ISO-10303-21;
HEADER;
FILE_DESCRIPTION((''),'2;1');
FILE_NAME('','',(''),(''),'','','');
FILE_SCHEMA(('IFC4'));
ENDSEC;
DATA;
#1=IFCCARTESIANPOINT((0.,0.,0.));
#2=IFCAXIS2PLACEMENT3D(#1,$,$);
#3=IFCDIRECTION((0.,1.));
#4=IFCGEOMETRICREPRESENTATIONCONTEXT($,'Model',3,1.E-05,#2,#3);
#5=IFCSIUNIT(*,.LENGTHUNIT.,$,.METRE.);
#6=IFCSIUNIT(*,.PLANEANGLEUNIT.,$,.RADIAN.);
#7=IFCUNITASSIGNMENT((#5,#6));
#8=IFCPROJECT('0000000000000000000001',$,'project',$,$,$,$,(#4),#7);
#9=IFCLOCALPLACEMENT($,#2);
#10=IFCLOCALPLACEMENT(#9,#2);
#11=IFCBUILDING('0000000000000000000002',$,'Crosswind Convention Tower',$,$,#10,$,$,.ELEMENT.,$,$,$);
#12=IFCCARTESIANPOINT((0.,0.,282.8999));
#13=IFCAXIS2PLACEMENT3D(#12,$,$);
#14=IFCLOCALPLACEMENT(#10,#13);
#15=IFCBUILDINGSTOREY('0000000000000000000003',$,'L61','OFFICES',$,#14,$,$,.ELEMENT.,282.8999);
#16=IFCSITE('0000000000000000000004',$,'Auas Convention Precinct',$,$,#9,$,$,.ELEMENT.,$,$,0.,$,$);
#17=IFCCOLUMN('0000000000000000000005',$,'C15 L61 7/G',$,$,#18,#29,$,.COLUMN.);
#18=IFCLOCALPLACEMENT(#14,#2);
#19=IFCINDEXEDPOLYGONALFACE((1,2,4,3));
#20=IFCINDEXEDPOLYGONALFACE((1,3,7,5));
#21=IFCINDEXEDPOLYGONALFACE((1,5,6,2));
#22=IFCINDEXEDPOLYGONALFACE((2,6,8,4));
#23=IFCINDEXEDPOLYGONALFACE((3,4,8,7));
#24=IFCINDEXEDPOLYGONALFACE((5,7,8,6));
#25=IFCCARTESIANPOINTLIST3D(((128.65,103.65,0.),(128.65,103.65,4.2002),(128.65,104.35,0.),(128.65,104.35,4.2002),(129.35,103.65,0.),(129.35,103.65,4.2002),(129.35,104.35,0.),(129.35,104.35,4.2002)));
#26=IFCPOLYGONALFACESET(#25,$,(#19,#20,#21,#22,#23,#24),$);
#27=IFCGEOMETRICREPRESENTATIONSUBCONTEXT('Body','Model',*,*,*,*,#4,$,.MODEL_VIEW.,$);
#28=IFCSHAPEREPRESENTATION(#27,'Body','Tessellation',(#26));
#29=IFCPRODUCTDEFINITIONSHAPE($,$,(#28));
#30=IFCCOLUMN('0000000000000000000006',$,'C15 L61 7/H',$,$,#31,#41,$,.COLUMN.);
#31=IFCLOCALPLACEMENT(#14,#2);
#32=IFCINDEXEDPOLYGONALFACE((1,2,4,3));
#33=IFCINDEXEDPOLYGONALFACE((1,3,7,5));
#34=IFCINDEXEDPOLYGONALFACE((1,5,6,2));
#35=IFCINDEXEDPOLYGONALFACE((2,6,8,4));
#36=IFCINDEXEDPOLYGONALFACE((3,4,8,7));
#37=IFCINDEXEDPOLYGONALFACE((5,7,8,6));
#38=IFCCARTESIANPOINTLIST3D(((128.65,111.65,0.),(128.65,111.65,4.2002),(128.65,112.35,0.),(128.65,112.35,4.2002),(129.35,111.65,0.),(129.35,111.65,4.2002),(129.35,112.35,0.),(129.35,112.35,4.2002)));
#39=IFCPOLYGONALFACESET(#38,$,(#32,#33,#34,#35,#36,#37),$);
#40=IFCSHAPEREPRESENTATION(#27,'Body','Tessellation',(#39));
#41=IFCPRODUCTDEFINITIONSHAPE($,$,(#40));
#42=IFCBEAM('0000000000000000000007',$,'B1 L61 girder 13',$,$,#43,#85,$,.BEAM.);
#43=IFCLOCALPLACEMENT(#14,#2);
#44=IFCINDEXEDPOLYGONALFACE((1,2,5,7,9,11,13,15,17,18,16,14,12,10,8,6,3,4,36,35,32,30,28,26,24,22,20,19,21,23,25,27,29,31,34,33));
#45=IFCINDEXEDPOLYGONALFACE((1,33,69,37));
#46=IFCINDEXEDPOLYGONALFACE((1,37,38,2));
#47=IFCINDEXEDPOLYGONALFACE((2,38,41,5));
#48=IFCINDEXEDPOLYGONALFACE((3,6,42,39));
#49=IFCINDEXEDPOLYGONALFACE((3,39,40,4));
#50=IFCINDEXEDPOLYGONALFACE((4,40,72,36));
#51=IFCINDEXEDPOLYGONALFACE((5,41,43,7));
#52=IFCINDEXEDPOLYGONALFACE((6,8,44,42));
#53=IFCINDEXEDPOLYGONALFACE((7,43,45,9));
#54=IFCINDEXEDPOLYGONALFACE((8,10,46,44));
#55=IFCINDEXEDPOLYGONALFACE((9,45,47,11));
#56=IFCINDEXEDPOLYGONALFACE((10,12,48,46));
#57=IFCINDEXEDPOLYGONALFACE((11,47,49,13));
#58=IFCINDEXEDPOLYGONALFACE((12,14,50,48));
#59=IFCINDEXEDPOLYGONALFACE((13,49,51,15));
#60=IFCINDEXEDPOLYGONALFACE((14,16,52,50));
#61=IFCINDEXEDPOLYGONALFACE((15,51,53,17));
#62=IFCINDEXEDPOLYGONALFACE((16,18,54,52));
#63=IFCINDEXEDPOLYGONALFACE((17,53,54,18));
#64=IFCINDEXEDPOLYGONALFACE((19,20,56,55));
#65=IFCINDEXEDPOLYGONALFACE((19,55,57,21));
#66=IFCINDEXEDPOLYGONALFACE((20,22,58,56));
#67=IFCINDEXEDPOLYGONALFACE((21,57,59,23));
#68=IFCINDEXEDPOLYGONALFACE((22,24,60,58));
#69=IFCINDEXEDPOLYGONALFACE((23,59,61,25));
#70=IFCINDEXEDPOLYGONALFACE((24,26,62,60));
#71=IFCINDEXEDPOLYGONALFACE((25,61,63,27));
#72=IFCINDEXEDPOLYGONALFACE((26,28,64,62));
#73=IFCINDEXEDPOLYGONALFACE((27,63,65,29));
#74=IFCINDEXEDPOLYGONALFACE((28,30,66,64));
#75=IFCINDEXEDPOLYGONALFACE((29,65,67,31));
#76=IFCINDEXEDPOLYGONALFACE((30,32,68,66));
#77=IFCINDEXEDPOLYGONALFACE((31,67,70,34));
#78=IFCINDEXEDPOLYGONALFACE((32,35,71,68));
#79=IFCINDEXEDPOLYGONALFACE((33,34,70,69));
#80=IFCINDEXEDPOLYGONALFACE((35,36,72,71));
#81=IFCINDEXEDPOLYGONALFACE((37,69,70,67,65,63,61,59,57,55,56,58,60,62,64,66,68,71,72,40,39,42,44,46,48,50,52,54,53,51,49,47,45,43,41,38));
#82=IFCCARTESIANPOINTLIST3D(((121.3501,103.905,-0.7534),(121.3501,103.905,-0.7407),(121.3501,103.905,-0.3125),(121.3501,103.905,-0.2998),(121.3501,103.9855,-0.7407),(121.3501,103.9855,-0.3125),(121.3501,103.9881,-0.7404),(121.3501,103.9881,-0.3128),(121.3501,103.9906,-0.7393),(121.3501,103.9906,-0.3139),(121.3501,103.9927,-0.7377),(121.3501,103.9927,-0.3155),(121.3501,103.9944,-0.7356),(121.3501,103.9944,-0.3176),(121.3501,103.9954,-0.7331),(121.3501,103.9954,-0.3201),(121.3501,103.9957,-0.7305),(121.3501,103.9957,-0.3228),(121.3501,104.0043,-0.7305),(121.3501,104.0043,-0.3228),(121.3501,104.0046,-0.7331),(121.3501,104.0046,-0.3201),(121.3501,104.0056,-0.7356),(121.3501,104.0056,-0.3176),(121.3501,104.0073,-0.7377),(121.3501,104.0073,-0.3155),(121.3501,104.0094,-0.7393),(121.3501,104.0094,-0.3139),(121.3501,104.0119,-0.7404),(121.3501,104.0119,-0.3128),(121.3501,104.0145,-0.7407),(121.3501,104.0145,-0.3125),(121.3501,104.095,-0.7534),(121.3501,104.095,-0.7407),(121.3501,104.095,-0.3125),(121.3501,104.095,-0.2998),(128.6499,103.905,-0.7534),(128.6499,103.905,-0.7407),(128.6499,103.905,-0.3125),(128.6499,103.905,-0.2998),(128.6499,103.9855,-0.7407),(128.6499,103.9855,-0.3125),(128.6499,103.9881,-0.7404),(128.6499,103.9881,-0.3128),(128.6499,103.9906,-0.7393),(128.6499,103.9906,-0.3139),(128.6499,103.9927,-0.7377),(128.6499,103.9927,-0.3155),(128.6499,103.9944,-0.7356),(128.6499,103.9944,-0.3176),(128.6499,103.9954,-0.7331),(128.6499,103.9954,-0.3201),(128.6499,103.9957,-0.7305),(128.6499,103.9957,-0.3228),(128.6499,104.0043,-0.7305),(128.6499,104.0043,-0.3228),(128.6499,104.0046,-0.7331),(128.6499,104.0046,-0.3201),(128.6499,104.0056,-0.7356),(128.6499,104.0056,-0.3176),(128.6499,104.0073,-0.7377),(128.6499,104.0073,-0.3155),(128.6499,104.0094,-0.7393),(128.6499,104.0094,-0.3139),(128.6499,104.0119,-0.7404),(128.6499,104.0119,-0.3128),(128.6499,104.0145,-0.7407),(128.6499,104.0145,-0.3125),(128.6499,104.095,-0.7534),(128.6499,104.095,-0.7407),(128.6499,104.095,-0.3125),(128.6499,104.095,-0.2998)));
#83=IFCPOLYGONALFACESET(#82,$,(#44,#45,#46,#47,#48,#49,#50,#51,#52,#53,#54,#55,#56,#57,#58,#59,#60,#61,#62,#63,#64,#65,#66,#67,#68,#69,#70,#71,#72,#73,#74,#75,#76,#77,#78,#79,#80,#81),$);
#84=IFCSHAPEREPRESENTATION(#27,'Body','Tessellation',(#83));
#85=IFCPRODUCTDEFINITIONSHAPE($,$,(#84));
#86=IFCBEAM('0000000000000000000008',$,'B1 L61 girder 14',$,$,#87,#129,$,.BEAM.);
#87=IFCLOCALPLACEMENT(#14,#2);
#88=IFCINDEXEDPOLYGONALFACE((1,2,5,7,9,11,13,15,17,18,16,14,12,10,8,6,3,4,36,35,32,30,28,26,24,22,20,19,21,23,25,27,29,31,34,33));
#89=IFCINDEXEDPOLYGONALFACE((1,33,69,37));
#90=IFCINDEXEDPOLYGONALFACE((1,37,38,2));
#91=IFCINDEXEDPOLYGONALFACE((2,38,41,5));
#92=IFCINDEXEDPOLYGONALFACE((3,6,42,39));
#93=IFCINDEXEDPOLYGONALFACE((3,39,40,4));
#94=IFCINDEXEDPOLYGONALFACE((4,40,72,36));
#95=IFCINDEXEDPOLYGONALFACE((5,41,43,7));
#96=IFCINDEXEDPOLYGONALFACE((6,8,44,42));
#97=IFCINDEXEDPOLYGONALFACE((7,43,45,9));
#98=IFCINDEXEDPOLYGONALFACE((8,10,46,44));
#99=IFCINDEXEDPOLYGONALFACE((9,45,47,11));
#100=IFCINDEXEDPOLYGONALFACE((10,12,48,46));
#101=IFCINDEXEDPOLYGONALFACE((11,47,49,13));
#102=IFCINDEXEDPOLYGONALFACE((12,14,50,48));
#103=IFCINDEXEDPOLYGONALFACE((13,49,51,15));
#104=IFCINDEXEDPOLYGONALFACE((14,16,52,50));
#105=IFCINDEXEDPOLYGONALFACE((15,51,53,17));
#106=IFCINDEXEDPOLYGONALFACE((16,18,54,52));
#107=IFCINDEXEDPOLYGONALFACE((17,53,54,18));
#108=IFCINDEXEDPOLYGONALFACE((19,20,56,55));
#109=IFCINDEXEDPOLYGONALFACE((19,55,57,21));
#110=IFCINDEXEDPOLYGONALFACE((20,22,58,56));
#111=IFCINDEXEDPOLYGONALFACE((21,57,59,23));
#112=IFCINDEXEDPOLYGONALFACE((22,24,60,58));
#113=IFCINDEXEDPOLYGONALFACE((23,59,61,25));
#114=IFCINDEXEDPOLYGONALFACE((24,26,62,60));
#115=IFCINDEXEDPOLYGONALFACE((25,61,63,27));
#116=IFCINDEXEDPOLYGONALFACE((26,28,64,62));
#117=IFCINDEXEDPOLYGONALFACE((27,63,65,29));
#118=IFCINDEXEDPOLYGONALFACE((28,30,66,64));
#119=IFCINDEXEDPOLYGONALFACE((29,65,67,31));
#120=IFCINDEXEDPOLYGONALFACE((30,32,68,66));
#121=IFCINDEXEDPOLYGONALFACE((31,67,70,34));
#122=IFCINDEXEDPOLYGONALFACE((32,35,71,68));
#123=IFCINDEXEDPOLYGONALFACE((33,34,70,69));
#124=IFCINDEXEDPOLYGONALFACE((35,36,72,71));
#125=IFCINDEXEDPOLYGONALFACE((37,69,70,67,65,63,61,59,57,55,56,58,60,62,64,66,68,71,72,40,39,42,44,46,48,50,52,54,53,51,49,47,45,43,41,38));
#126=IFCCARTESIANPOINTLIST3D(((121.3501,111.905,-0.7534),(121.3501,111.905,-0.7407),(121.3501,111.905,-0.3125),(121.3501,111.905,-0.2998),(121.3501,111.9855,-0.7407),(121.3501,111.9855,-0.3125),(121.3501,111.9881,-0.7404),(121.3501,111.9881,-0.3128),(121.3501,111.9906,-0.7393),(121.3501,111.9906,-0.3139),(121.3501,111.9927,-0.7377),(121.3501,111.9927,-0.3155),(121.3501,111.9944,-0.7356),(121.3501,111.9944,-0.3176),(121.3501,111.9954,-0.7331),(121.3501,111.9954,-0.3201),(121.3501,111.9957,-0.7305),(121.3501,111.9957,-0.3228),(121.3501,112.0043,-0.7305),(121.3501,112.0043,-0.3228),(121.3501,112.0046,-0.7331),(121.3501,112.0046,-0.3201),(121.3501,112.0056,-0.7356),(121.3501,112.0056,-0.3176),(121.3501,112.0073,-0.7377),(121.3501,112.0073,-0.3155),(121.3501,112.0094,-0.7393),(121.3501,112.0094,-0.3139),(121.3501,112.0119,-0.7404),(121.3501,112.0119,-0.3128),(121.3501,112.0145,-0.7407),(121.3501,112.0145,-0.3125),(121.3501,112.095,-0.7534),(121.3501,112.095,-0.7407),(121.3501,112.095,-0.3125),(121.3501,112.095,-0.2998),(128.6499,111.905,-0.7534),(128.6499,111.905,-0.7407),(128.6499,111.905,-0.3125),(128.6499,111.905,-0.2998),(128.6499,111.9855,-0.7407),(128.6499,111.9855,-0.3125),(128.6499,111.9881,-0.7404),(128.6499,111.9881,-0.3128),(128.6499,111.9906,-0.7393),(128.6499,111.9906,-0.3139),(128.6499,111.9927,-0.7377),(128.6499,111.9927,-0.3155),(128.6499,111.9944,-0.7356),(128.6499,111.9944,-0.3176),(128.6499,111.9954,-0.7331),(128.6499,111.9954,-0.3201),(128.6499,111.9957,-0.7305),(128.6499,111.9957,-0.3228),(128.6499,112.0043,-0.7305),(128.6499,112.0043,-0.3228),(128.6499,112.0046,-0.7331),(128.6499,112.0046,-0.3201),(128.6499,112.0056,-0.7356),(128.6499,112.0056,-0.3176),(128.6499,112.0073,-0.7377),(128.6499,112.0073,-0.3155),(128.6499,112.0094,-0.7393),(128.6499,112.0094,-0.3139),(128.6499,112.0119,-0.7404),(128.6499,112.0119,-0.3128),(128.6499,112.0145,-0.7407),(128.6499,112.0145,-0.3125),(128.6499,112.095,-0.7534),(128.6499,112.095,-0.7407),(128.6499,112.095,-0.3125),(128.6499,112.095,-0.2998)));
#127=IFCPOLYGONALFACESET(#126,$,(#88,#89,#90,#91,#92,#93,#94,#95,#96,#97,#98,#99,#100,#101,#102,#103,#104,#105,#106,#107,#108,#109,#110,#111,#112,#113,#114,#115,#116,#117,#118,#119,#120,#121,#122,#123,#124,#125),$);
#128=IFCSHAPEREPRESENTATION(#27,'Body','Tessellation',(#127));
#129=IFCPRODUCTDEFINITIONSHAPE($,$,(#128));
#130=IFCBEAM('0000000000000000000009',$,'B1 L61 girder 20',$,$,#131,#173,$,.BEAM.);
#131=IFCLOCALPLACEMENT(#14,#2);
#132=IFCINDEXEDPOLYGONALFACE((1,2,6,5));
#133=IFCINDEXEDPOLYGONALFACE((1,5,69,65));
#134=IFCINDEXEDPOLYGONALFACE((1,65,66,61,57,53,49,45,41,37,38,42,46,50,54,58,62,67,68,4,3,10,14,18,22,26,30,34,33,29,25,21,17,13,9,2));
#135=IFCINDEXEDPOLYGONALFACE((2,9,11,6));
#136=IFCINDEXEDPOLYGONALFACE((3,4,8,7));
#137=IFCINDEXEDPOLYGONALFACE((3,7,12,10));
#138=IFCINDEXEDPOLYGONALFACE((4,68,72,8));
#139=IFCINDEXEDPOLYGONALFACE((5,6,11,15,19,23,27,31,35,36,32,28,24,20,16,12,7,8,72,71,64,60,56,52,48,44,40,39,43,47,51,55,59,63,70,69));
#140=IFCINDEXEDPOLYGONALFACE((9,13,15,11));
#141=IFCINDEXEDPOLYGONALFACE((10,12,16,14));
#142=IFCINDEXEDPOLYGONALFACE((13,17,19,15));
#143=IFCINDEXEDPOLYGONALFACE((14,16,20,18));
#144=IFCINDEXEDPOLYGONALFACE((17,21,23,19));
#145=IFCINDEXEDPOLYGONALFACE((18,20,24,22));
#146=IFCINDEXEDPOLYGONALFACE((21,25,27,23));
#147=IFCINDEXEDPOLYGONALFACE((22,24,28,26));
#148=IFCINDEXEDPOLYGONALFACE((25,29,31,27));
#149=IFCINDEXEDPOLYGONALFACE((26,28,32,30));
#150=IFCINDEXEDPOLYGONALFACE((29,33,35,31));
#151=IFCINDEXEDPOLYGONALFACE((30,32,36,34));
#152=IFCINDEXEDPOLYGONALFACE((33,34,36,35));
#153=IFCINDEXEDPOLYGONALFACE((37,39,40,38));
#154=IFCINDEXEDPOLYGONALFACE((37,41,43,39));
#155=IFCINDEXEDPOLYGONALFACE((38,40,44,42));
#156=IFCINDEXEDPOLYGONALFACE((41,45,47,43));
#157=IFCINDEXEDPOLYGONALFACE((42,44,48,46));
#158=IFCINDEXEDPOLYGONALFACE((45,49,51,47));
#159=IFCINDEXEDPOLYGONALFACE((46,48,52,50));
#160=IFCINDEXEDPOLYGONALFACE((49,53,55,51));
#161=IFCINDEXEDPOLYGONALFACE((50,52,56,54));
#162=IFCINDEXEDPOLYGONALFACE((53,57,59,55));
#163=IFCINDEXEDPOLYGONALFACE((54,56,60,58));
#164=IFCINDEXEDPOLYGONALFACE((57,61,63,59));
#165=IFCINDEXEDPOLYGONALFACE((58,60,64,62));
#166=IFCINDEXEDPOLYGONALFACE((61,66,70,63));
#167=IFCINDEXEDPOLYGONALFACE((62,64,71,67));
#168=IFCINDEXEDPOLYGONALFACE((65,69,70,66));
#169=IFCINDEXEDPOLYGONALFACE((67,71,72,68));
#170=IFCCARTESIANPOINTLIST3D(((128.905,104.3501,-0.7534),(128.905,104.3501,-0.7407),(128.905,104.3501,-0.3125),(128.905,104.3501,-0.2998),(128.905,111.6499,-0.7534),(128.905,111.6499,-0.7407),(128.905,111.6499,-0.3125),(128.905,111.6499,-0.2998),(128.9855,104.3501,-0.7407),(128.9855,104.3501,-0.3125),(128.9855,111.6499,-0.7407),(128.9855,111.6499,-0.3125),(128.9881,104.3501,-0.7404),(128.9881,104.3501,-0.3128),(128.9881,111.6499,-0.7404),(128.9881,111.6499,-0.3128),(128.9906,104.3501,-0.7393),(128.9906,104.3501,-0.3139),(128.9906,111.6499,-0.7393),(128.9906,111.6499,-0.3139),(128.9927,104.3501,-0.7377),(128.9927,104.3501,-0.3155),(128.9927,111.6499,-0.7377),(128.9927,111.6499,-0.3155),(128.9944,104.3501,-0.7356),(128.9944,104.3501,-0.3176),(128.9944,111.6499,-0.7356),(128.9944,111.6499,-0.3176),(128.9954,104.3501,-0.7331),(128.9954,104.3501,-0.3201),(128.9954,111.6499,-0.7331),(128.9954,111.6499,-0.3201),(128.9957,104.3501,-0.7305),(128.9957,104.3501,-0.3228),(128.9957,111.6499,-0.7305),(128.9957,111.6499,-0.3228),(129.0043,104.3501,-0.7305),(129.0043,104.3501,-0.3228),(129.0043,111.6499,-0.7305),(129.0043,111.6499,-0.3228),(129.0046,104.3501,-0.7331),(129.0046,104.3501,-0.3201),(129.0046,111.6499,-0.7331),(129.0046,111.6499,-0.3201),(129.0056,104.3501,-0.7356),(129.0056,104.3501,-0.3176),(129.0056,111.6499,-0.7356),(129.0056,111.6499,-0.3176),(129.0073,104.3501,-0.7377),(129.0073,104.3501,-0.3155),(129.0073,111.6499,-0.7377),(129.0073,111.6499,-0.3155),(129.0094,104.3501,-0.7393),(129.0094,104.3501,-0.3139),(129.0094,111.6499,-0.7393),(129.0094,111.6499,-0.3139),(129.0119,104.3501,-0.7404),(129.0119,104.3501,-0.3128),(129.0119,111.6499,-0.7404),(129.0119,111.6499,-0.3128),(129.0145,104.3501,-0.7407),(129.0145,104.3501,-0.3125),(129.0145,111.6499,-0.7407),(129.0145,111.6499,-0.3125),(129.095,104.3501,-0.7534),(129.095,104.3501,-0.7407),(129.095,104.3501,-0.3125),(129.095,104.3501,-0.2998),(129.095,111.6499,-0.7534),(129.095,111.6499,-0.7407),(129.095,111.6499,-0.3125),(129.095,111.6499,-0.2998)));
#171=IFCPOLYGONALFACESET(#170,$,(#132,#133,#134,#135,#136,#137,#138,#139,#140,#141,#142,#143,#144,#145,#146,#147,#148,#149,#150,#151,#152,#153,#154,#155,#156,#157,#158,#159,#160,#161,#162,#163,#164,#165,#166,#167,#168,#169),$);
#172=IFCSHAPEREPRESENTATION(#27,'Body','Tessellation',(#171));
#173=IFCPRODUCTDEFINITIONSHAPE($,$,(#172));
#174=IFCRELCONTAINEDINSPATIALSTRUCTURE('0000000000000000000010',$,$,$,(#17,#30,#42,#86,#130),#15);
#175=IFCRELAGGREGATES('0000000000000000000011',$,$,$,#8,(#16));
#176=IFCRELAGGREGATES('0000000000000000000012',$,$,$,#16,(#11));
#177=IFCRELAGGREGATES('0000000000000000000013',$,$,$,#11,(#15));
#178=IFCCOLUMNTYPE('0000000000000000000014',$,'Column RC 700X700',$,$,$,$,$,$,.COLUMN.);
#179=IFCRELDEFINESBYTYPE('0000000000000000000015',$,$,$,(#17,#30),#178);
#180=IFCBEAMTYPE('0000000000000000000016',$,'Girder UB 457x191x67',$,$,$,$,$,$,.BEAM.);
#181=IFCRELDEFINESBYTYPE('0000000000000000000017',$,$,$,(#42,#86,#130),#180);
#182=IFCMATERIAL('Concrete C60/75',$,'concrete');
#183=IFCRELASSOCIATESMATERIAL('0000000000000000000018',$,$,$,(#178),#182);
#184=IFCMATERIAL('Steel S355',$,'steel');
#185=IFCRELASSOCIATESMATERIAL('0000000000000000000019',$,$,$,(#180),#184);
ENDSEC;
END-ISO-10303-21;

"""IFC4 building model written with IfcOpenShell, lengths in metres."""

from ifc_helpers import new_model, si_unit, direction, frame, origin, origin_2d, place, context, subcontext, project, spatial, rectangle, i_section, extrude, material, material_profile, profile_set, type_object, element, save


model = new_model("IFC4")

# Units and contexts
model_context = context("Model", 3, precision=1e-05, world=origin(), true_north=direction((0.0, 1.0)))
body_context = subcontext(model_context, "Body", "Model", "MODEL_VIEW")
ifc_project = project(units=[si_unit("LENGTHUNIT", "METRE"), si_unit("PLANEANGLEUNIT", "RADIAN")], contexts=[model_context])

# Site, building, storey
site_placement = place(None, origin())
site = spatial("IfcSite", under=ifc_project, at=site_placement, Name="Auas Convention Precinct", CompositionType="ELEMENT", RefElevation=0.0)
building_placement = place(site_placement, origin())
building = spatial("IfcBuilding", under=site, at=building_placement, Name="Crosswind Convention Tower", CompositionType="ELEMENT")
storey_placement = place(building_placement, frame((0.0, 0.0, 282.8999)))
storey = spatial("IfcBuildingStorey", under=building, at=storey_placement, Name="L61", Description="OFFICES", CompositionType="ELEMENT", Elevation=282.8999)

# Columns
ifc_material_1 = material(Name="Concrete C60/75", Category="concrete")
ifc_material_profile_1 = material_profile(ifc_material_1, rectangle(XDim=0.7, YDim=0.7, at=origin_2d()), Name="RC 700X700")
ifc_profile_set_1 = profile_set([ifc_material_profile_1], Name="Concrete C60/75")
column_type = type_object("IfcColumnType", Name="Column RC 700X700", PredefinedType="COLUMN", material=ifc_profile_set_1)
for number, where, z_axis, x_axis, name in (
    (1, (129.0, 104.0, 0.0), (0.0, 0.0, 1.0), (1.0, 0.0, 0.0), "C15 L61 7/G"),
    (2, (129.0, 112.0, 0.0), (0.0, 0.0, 1.0), (1.0, 0.0, 0.0), "C15 L61 7/H"),
):
    element("IfcColumn", number, at=place(storey_placement, frame(where, z_axis=z_axis, x_axis=x_axis)), inside=storey, type_object=column_type, Name=name, PredefinedType="COLUMN", context=body_context, shape_type="SweptSolid", body=[
        extrude(rectangle(XDim=0.7, YDim=0.7, at=origin_2d()), origin(), (0.0, 0.0, 1.0), 4.2002),
    ])

# Beams
ifc_material_2 = material(Name="Steel S355", Category="steel")
ifc_material_profile_2 = material_profile(ifc_material_2, i_section(OverallWidth=0.1899, OverallDepth=0.4536, WebThickness=0.0085, FlangeThickness=0.0127, FilletRadius=0.0103, at=origin_2d()), Name="UB 457x191x67")
ifc_profile_set_2 = profile_set([ifc_material_profile_2], Name="Steel S355")
beam_type_1 = type_object("IfcBeamType", Name="Girder UB 457x191x67", PredefinedType="BEAM", material=ifc_profile_set_2)
for number, where, z_axis, x_axis, name in (
    (3, (121.3501, 104.0, -0.5266), (1.0, 0.0, 0.0), (0.0, 1.0, 0.0), "B1 L61 girder 13"),
    (4, (121.3501, 112.0, -0.5266), (1.0, 0.0, 0.0), (0.0, 1.0, 0.0), "B1 L61 girder 14"),
    (5, (129.0, 104.3501, -0.5266), (0.0, 1.0, 0.0), (-1.0, 0.0, 0.0), "B1 L61 girder 20"),
):
    element("IfcBeam", number, at=place(storey_placement, frame(where, z_axis=z_axis, x_axis=x_axis)), inside=storey, type_object=beam_type_1, Name=name, PredefinedType="BEAM", context=body_context, shape_type="SweptSolid", body=[
        extrude(i_section(OverallWidth=0.1899, OverallDepth=0.4536, WebThickness=0.0085, FlangeThickness=0.0127, FilletRadius=0.0103, at=origin_2d()), origin(), (0.0, 0.0, 1.0), 7.2998),
    ])

save(model, "model.ifc")
